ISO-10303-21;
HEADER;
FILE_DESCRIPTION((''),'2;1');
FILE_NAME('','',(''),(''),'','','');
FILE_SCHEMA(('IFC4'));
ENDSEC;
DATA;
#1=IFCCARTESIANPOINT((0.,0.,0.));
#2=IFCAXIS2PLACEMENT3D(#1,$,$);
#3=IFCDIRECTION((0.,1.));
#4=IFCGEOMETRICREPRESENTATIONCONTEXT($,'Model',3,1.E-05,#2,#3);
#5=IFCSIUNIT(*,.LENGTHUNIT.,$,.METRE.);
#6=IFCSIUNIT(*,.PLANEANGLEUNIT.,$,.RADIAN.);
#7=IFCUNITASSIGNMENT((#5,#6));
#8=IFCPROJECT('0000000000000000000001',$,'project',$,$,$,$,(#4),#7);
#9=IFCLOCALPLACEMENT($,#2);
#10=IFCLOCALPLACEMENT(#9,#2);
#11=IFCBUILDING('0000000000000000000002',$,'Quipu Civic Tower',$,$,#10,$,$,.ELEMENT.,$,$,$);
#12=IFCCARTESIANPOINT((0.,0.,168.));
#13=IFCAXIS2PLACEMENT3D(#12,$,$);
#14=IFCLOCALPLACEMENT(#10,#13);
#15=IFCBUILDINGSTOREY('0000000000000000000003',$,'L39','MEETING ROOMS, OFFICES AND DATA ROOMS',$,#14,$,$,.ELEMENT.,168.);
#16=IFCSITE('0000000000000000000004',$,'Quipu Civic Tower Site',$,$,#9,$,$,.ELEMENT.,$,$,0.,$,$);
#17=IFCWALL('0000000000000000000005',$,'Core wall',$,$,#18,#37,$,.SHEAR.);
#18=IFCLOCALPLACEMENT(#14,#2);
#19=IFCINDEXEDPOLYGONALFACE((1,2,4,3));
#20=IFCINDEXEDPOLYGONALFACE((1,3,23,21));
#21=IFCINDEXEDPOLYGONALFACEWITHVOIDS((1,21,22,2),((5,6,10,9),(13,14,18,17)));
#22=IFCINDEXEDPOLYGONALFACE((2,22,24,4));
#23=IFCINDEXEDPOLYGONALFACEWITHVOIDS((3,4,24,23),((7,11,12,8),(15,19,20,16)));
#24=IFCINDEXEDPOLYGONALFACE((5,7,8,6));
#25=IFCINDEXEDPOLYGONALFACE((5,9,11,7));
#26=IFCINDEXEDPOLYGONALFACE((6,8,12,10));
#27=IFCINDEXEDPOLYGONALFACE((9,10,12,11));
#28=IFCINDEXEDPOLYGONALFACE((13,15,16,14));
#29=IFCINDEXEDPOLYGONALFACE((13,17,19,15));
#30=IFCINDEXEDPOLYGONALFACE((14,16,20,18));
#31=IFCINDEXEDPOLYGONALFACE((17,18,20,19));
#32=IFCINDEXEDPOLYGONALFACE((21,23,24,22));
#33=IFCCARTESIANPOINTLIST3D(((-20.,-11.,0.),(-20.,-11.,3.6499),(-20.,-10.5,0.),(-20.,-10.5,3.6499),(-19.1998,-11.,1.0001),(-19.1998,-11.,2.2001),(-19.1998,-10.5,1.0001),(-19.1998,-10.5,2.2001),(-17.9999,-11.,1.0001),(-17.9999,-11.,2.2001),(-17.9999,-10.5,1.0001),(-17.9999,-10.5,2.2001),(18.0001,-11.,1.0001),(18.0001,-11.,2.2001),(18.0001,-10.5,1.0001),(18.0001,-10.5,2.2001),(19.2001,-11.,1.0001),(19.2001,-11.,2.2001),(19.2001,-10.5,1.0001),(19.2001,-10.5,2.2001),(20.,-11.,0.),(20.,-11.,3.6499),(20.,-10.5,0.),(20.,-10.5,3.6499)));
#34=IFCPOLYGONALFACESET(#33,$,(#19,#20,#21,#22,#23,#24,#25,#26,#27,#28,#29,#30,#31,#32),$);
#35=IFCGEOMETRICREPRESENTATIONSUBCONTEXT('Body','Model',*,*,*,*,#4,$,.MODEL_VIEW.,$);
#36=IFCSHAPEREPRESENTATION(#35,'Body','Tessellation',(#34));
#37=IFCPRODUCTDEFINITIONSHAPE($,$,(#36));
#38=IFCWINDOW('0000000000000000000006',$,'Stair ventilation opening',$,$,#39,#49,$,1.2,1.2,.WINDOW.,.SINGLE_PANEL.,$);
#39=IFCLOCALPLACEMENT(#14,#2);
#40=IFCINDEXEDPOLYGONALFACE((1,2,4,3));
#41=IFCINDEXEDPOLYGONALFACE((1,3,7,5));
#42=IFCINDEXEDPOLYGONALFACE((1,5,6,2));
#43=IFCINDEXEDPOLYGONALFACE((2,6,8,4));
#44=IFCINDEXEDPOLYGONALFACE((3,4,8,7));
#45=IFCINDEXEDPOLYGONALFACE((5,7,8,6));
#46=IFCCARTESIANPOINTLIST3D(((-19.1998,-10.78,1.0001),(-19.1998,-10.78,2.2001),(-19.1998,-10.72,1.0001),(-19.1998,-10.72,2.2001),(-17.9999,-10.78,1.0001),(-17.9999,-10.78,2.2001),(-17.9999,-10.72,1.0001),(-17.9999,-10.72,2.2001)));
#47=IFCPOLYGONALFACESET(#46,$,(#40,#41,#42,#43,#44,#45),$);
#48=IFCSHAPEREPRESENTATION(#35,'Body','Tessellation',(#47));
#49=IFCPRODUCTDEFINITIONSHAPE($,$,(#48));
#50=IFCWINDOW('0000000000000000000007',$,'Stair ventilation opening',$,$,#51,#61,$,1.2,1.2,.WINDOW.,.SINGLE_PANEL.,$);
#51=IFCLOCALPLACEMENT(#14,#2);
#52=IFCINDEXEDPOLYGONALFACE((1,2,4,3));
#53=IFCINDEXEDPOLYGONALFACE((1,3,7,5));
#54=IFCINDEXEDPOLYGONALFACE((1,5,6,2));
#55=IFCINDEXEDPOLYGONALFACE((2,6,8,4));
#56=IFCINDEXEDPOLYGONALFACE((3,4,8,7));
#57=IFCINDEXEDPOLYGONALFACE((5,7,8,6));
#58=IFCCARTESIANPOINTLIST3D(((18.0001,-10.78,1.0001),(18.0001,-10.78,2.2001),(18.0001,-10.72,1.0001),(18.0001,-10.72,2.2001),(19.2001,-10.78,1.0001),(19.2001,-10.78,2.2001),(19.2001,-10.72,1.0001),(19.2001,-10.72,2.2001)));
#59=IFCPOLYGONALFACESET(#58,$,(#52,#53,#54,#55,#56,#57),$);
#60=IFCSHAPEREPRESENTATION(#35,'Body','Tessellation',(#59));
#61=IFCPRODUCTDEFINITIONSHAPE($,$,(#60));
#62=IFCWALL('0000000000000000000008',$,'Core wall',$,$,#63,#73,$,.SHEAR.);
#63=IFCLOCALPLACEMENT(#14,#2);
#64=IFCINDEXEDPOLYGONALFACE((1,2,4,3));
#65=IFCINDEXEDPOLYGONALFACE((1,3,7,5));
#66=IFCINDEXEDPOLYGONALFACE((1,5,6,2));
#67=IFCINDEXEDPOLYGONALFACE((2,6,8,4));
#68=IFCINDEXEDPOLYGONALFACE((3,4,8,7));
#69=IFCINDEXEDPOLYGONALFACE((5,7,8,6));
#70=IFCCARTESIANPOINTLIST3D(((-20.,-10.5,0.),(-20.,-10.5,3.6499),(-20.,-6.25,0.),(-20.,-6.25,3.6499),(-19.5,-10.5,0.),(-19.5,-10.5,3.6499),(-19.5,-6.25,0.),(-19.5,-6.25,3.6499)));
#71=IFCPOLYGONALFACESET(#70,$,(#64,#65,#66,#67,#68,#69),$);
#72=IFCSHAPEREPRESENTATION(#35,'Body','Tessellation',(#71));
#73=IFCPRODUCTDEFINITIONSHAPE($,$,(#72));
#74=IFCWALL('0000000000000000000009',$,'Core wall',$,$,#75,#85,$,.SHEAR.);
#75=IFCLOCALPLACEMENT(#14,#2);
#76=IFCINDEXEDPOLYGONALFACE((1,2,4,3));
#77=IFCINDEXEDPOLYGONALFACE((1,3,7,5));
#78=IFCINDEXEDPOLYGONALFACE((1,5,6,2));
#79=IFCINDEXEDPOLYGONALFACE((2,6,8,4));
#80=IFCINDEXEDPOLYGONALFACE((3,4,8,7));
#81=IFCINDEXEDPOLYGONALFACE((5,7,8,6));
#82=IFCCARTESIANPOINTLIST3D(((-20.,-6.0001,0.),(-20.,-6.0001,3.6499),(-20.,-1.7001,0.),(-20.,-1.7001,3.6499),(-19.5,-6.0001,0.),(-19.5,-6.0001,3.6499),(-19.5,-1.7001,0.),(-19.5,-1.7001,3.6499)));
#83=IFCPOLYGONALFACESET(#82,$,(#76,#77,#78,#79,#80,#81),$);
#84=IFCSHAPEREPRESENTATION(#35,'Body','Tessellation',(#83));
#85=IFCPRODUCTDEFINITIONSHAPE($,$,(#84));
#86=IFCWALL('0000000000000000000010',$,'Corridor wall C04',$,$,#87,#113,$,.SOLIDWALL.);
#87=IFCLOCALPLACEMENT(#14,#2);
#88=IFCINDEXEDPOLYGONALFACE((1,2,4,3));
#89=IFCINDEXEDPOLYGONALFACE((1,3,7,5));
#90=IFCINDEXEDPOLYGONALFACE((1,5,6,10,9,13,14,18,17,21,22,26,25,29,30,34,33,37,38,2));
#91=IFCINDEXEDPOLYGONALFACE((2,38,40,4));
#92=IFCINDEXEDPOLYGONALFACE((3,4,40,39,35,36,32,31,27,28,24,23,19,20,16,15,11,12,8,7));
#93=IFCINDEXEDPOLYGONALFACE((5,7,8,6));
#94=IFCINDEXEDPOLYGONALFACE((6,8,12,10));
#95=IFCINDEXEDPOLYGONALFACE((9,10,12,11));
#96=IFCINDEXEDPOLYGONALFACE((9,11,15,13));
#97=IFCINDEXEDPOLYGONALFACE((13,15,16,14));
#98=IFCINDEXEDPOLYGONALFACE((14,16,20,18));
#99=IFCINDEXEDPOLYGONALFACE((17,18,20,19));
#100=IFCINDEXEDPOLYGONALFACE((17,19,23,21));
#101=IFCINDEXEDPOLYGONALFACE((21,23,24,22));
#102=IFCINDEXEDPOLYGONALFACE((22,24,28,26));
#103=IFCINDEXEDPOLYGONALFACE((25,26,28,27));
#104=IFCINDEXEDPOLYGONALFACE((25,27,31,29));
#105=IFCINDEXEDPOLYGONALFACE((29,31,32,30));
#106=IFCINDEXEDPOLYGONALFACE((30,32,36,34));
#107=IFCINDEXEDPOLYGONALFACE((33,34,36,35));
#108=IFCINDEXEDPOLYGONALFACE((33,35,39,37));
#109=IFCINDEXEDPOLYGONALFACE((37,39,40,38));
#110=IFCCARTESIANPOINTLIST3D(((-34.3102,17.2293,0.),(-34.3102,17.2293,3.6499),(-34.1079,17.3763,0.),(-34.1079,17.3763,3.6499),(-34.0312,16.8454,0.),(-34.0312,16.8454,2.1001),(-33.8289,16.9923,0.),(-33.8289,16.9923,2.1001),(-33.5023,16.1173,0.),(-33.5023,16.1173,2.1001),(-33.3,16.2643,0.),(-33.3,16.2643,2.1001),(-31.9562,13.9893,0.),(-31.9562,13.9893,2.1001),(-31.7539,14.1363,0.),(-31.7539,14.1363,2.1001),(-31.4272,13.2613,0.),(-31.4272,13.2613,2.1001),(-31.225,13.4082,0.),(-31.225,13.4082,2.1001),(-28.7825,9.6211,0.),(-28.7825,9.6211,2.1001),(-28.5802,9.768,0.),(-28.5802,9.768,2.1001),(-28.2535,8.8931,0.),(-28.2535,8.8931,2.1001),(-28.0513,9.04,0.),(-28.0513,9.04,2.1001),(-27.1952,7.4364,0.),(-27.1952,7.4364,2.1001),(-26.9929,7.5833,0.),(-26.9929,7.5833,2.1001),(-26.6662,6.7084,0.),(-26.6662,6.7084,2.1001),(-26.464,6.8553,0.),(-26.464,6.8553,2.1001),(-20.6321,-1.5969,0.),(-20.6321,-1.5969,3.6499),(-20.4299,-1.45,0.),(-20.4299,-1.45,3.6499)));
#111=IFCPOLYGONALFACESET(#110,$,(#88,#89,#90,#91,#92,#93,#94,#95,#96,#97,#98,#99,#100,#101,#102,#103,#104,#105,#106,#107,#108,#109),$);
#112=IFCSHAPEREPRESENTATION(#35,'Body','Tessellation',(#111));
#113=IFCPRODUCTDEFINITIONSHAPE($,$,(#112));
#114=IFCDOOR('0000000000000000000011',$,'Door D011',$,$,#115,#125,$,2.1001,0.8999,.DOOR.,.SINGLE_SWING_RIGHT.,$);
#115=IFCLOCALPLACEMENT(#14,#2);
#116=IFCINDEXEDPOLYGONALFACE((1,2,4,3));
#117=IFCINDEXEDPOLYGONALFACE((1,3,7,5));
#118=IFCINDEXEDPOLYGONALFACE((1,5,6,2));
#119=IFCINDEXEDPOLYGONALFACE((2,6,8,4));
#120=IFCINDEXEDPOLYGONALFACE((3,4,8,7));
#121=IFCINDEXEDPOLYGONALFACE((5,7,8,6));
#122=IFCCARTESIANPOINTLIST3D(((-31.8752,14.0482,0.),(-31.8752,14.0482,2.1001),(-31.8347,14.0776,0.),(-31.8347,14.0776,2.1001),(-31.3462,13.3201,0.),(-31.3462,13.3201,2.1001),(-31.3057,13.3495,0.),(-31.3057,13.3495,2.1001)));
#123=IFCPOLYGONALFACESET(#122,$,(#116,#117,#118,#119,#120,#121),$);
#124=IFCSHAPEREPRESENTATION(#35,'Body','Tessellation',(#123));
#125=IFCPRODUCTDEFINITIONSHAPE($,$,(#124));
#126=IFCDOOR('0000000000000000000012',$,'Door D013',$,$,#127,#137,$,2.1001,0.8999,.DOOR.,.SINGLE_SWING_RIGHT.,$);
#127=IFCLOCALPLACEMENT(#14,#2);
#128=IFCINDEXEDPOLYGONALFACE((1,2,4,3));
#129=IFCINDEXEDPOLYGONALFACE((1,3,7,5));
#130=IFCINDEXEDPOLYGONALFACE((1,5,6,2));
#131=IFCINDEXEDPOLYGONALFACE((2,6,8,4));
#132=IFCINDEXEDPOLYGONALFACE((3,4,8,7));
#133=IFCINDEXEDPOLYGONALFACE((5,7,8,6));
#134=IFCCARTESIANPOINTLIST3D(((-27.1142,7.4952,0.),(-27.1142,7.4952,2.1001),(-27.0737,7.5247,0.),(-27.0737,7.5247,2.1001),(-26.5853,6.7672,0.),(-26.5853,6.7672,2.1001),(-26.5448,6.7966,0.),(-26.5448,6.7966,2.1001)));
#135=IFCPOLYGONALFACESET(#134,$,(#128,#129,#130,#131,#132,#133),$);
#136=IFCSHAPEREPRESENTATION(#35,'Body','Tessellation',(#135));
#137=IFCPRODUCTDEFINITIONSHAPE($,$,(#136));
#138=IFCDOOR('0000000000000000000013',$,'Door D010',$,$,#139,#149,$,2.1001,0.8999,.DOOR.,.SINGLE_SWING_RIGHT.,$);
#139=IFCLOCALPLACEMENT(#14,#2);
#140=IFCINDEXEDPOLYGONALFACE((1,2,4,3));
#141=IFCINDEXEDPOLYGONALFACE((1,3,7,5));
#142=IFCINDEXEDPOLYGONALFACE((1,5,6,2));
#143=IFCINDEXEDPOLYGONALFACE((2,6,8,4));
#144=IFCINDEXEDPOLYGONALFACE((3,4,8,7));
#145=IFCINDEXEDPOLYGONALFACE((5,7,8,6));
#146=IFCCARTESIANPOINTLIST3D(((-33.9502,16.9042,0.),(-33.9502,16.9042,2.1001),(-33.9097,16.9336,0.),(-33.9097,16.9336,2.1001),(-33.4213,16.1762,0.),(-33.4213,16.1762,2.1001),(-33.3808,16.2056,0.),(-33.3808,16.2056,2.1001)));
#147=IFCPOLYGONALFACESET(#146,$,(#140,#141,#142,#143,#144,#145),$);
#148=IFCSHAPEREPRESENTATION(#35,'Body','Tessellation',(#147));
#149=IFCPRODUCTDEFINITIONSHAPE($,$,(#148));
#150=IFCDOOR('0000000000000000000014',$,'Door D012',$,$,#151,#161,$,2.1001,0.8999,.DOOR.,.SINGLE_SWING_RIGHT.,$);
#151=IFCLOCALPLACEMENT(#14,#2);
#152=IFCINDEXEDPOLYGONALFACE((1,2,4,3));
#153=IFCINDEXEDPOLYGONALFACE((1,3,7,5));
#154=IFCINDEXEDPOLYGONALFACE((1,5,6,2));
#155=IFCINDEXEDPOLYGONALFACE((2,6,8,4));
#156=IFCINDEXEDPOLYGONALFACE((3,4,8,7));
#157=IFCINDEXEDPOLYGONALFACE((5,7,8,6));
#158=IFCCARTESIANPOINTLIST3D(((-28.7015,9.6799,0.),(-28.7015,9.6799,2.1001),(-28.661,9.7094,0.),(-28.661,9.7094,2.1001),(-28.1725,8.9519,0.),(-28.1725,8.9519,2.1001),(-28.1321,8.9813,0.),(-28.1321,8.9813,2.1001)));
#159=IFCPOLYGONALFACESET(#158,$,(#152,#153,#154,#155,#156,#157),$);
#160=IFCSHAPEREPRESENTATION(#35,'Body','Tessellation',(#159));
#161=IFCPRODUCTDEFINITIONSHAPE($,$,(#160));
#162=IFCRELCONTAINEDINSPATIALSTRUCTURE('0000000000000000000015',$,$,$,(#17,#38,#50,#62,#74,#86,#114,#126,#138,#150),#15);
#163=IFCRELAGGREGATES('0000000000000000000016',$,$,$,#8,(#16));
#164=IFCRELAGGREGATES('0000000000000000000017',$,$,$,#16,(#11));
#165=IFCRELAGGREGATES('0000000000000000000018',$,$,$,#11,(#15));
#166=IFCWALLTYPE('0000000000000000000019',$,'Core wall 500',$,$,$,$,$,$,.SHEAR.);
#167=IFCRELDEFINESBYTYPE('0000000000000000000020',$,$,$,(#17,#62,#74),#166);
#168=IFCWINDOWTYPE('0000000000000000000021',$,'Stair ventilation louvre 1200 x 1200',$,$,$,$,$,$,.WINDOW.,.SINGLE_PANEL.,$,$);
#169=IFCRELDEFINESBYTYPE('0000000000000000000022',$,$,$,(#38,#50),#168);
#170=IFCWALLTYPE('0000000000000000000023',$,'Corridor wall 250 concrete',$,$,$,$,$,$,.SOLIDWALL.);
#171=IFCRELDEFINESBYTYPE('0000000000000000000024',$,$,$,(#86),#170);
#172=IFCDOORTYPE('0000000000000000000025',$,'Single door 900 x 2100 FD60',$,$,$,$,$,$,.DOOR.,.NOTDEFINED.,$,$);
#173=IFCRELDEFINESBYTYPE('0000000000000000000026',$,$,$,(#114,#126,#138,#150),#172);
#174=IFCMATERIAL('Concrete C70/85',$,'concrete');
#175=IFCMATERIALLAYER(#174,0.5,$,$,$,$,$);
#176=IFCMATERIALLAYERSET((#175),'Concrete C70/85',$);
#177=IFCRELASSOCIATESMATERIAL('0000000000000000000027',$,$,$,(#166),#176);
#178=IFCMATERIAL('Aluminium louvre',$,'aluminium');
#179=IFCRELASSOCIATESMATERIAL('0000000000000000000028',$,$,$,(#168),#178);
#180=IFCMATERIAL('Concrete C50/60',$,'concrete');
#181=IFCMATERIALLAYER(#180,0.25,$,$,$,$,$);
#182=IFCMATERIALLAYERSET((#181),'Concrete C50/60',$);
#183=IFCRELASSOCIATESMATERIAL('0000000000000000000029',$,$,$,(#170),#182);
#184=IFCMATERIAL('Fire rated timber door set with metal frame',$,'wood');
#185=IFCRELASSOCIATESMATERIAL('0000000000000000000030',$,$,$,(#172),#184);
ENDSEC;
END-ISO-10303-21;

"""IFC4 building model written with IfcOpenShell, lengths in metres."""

from ifc_helpers import new_model, si_unit, direction, frame, frame_2d, origin, place, context, subcontext, project, spatial, rectangle, extrude, material, layer, layer_set, type_object, element, fill, save


model = new_model("IFC4")

# Units and contexts
model_context = context("Model", 3, precision=1e-05, world=origin(), true_north=direction((0.0, 1.0)))
body_context = subcontext(model_context, "Body", "Model", "MODEL_VIEW")
ifc_project = project(units=[si_unit("LENGTHUNIT", "METRE"), si_unit("PLANEANGLEUNIT", "RADIAN")], contexts=[model_context])

# Site, building, storey
site_placement = place(None, origin())
site = spatial("IfcSite", under=ifc_project, at=site_placement, Name="Quipu Civic Tower Site", CompositionType="ELEMENT", RefElevation=0.0)
building_placement = place(site_placement, origin())
building = spatial("IfcBuilding", under=site, at=building_placement, Name="Quipu Civic Tower", CompositionType="ELEMENT")
storey_placement = place(building_placement, frame((0.0, 0.0, 168.0)))
storey = spatial("IfcBuildingStorey", under=building, at=storey_placement, Name="L39", Description="MEETING ROOMS, OFFICES AND DATA ROOMS", CompositionType="ELEMENT", Elevation=168.0)

# Wall, openings, windows
ifc_material_1 = material(Name="Concrete C70/85", Category="concrete")
ifc_layer_1 = layer(ifc_material_1, 0.5)
ifc_layer_set_1 = layer_set([ifc_layer_1], Name="Concrete C70/85")
wall_type_1 = type_object("IfcWallType", Name="Core wall 500", PredefinedType="SHEAR", material=ifc_layer_set_1)
wall_1_placement = place(storey_placement, frame((-20.0, -10.75, 0.0), z_axis=(0.0, 0.0, 1.0), x_axis=(1.0, 0.0, 0.0)))
wall_1 = element("IfcWall", 1, at=wall_1_placement, inside=storey, type_object=wall_type_1, Name="Core wall", PredefinedType="SHEAR", context=body_context, shape_type="SweptSolid", body=[
    extrude(rectangle(XDim=40.0, YDim=0.5, at=frame_2d((20.0, 0.0))), origin(), (0.0, 0.0, 1.0), 3.6499),
])
opening_1_placement = place(wall_1_placement, frame((0.8, 0.0, 1.0)))
opening_1 = element("IfcOpeningElement", 2, at=opening_1_placement, cuts=wall_1, PredefinedType="OPENING", context=body_context, shape_type="SweptSolid", body=[
    extrude(rectangle(XDim=1.2, YDim=1.2, at=frame_2d((0.6001, 0.6001))), frame((0.0, 0.26, 0.0), z_axis=(0.0, -1.0, 0.0), x_axis=(1.0, 0.0, 0.0)), (0.0, 0.0, 1.0), 0.52),
])
opening_2_placement = place(wall_1_placement, frame((38.0, 0.0, 1.0)))
opening_2 = element("IfcOpeningElement", 3, at=opening_2_placement, cuts=wall_1, PredefinedType="OPENING", context=body_context, shape_type="SweptSolid", body=[
    extrude(rectangle(XDim=1.2, YDim=1.2, at=frame_2d((0.6001, 0.6001))), frame((0.0, 0.26, 0.0), z_axis=(0.0, -1.0, 0.0), x_axis=(1.0, 0.0, 0.0)), (0.0, 0.0, 1.0), 0.52),
])
ifc_material_2 = material(Name="Aluminium louvre", Category="aluminium")
window_type = type_object("IfcWindowType", Name="Stair ventilation louvre 1200 x 1200", PartitioningType="SINGLE_PANEL", PredefinedType="WINDOW", material=ifc_material_2)
window_1_placement = place(opening_1_placement, origin())
window_1 = element("IfcWindow", 4, at=window_1_placement, inside=storey, type_object=window_type, Name="Stair ventilation opening", OverallHeight=1.2, OverallWidth=1.2, PartitioningType="SINGLE_PANEL", PredefinedType="WINDOW", context=body_context, shape_type="SweptSolid", body=[
    extrude(rectangle(XDim=1.2, YDim=1.2, at=frame_2d((0.6001, 0.6001))), frame((0.0, 0.03, 0.0), z_axis=(0.0, -1.0, 0.0), x_axis=(1.0, 0.0, 0.0)), (0.0, 0.0, 1.0), 0.0601),
])
fill(opening_1, window_1)
window_2_placement = place(opening_2_placement, origin())
window_2 = element("IfcWindow", 5, at=window_2_placement, inside=storey, type_object=window_type, Name="Stair ventilation opening", OverallHeight=1.2, OverallWidth=1.2, PartitioningType="SINGLE_PANEL", PredefinedType="WINDOW", context=body_context, shape_type="SweptSolid", body=[
    extrude(rectangle(XDim=1.2, YDim=1.2, at=frame_2d((0.6001, 0.6001))), frame((0.0, 0.03, 0.0), z_axis=(0.0, -1.0, 0.0), x_axis=(1.0, 0.0, 0.0)), (0.0, 0.0, 1.0), 0.0601),
])
fill(opening_2, window_2)

# Walls
wall_2_placement = place(storey_placement, frame((-19.75, -10.5, 0.0), z_axis=(0.0, 0.0, 1.0), x_axis=(0.0, 1.0, 0.0)))
element("IfcWall", 6, at=wall_2_placement, inside=storey, type_object=wall_type_1, Name="Core wall", PredefinedType="SHEAR", context=body_context, shape_type="SweptSolid", body=[
    extrude(rectangle(XDim=4.25, YDim=0.5, at=frame_2d((2.125, 0.0))), origin(), (0.0, 0.0, 1.0), 3.6499),
])
wall_3_placement = place(storey_placement, frame((-19.75, -6.0, 0.0), z_axis=(0.0, 0.0, 1.0), x_axis=(0.0, 1.0, 0.0)))
element("IfcWall", 7, at=wall_3_placement, inside=storey, type_object=wall_type_1, Name="Core wall", PredefinedType="SHEAR", context=body_context, shape_type="SweptSolid", body=[
    extrude(rectangle(XDim=4.3, YDim=0.5, at=frame_2d((2.1499, 0.0))), origin(), (0.0, 0.0, 1.0), 3.6499),
])

# Wall, openings, doors
ifc_material_3 = material(Name="Concrete C50/60", Category="concrete")
ifc_layer_2 = layer(ifc_material_3, 0.25)
ifc_layer_set_2 = layer_set([ifc_layer_2], Name="Concrete C50/60")
wall_type_2 = type_object("IfcWallType", Name="Corridor wall 250 concrete", PredefinedType="SOLIDWALL", material=ifc_layer_set_2)
wall_4_placement = place(storey_placement, frame((-20.531, -1.5234, 0.0), z_axis=(0.0, 0.0, 1.0), x_axis=(-0.587784, 0.809018, 0.0)))
wall_4 = element("IfcWall", 8, at=wall_4_placement, inside=storey, type_object=wall_type_2, Name="Corridor wall C04", PredefinedType="SOLIDWALL", context=body_context, shape_type="SweptSolid", body=[
    extrude(rectangle(XDim=23.2705, YDim=0.25, at=frame_2d((11.6353, 0.0))), origin(), (0.0, 0.0, 1.0), 3.6499),
])
opening_3_placement = place(wall_4_placement, frame((18.3657, 0.0, 0.0)))
opening_3 = element("IfcOpeningElement", 9, at=opening_3_placement, cuts=wall_4, PredefinedType="OPENING", context=body_context, shape_type="SweptSolid", body=[
    extrude(rectangle(XDim=0.8999, YDim=2.1001, at=frame_2d((0.45, 1.05))), frame((0.0, 0.135, 0.0), z_axis=(0.0, -1.0, 0.0), x_axis=(1.0, 0.0, 0.0)), (0.0, 0.0, 1.0), 0.27),
])
opening_4_placement = place(wall_4_placement, frame((10.2659, 0.0, 0.0)))
opening_4 = element("IfcOpeningElement", 10, at=opening_4_placement, cuts=wall_4, PredefinedType="OPENING", context=body_context, shape_type="SweptSolid", body=[
    extrude(rectangle(XDim=0.8999, YDim=2.1001, at=frame_2d((0.45, 1.05))), frame((0.0, 0.135, 0.0), z_axis=(0.0, -1.0, 0.0), x_axis=(1.0, 0.0, 0.0)), (0.0, 0.0, 1.0), 0.27),
])
opening_5_placement = place(wall_4_placement, frame((21.896, 0.0, 0.0)))
opening_5 = element("IfcOpeningElement", 11, at=opening_5_placement, cuts=wall_4, PredefinedType="OPENING", context=body_context, shape_type="SweptSolid", body=[
    extrude(rectangle(XDim=0.8999, YDim=2.1001, at=frame_2d((0.45, 1.05))), frame((0.0, 0.135, 0.0), z_axis=(0.0, -1.0, 0.0), x_axis=(1.0, 0.0, 0.0)), (0.0, 0.0, 1.0), 0.27),
])
opening_6_placement = place(wall_4_placement, frame((12.9663, 0.0, 0.0)))
opening_6 = element("IfcOpeningElement", 12, at=opening_6_placement, cuts=wall_4, PredefinedType="OPENING", context=body_context, shape_type="SweptSolid", body=[
    extrude(rectangle(XDim=0.8999, YDim=2.1001, at=frame_2d((0.45, 1.05))), frame((0.0, 0.135, 0.0), z_axis=(0.0, -1.0, 0.0), x_axis=(1.0, 0.0, 0.0)), (0.0, 0.0, 1.0), 0.27),
])
ifc_material_4 = material(Name="Fire rated timber door set with metal frame", Category="wood")
door_type_1 = type_object("IfcDoorType", Name="Single door 900 x 2100 FD60", OperationType="NOTDEFINED", PredefinedType="DOOR", material=ifc_material_4)
door_1_placement = place(opening_3_placement, origin())
door_1 = element("IfcDoor", 13, at=door_1_placement, inside=storey, type_object=door_type_1, Name="Door D011", OperationType="SINGLE_SWING_RIGHT", OverallHeight=2.1001, OverallWidth=0.8999, PredefinedType="DOOR", context=body_context, shape_type="SweptSolid", body=[
    extrude(rectangle(XDim=0.8999, YDim=2.1001, at=frame_2d((0.45, 1.05))), frame((0.0, 0.0249, 0.0), z_axis=(0.0, -1.0, 0.0), x_axis=(1.0, 0.0, 0.0)), (0.0, 0.0, 1.0), 0.05),
])
fill(opening_3, door_1)
door_2_placement = place(opening_4_placement, origin())
door_2 = element("IfcDoor", 14, at=door_2_placement, inside=storey, type_object=door_type_1, Name="Door D013", OperationType="SINGLE_SWING_RIGHT", OverallHeight=2.1001, OverallWidth=0.8999, PredefinedType="DOOR", context=body_context, shape_type="SweptSolid", body=[
    extrude(rectangle(XDim=0.8999, YDim=2.1001, at=frame_2d((0.45, 1.05))), frame((0.0, 0.0249, 0.0), z_axis=(0.0, -1.0, 0.0), x_axis=(1.0, 0.0, 0.0)), (0.0, 0.0, 1.0), 0.05),
])
fill(opening_4, door_2)
door_3_placement = place(opening_5_placement, origin())
door_3 = element("IfcDoor", 15, at=door_3_placement, inside=storey, type_object=door_type_1, Name="Door D010", OperationType="SINGLE_SWING_RIGHT", OverallHeight=2.1001, OverallWidth=0.8999, PredefinedType="DOOR", context=body_context, shape_type="SweptSolid", body=[
    extrude(rectangle(XDim=0.8999, YDim=2.1001, at=frame_2d((0.45, 1.05))), frame((0.0, 0.0249, 0.0), z_axis=(0.0, -1.0, 0.0), x_axis=(1.0, 0.0, 0.0)), (0.0, 0.0, 1.0), 0.05),
])
fill(opening_5, door_3)
door_4_placement = place(opening_6_placement, origin())
door_4 = element("IfcDoor", 16, at=door_4_placement, inside=storey, type_object=door_type_1, Name="Door D012", OperationType="SINGLE_SWING_RIGHT", OverallHeight=2.1001, OverallWidth=0.8999, PredefinedType="DOOR", context=body_context, shape_type="SweptSolid", body=[
    extrude(rectangle(XDim=0.8999, YDim=2.1001, at=frame_2d((0.45, 1.05))), frame((0.0, 0.0249, 0.0), z_axis=(0.0, -1.0, 0.0), x_axis=(1.0, 0.0, 0.0)), (0.0, 0.0, 1.0), 0.05),
])
fill(opening_6, door_4)

save(model, "model.ifc")
